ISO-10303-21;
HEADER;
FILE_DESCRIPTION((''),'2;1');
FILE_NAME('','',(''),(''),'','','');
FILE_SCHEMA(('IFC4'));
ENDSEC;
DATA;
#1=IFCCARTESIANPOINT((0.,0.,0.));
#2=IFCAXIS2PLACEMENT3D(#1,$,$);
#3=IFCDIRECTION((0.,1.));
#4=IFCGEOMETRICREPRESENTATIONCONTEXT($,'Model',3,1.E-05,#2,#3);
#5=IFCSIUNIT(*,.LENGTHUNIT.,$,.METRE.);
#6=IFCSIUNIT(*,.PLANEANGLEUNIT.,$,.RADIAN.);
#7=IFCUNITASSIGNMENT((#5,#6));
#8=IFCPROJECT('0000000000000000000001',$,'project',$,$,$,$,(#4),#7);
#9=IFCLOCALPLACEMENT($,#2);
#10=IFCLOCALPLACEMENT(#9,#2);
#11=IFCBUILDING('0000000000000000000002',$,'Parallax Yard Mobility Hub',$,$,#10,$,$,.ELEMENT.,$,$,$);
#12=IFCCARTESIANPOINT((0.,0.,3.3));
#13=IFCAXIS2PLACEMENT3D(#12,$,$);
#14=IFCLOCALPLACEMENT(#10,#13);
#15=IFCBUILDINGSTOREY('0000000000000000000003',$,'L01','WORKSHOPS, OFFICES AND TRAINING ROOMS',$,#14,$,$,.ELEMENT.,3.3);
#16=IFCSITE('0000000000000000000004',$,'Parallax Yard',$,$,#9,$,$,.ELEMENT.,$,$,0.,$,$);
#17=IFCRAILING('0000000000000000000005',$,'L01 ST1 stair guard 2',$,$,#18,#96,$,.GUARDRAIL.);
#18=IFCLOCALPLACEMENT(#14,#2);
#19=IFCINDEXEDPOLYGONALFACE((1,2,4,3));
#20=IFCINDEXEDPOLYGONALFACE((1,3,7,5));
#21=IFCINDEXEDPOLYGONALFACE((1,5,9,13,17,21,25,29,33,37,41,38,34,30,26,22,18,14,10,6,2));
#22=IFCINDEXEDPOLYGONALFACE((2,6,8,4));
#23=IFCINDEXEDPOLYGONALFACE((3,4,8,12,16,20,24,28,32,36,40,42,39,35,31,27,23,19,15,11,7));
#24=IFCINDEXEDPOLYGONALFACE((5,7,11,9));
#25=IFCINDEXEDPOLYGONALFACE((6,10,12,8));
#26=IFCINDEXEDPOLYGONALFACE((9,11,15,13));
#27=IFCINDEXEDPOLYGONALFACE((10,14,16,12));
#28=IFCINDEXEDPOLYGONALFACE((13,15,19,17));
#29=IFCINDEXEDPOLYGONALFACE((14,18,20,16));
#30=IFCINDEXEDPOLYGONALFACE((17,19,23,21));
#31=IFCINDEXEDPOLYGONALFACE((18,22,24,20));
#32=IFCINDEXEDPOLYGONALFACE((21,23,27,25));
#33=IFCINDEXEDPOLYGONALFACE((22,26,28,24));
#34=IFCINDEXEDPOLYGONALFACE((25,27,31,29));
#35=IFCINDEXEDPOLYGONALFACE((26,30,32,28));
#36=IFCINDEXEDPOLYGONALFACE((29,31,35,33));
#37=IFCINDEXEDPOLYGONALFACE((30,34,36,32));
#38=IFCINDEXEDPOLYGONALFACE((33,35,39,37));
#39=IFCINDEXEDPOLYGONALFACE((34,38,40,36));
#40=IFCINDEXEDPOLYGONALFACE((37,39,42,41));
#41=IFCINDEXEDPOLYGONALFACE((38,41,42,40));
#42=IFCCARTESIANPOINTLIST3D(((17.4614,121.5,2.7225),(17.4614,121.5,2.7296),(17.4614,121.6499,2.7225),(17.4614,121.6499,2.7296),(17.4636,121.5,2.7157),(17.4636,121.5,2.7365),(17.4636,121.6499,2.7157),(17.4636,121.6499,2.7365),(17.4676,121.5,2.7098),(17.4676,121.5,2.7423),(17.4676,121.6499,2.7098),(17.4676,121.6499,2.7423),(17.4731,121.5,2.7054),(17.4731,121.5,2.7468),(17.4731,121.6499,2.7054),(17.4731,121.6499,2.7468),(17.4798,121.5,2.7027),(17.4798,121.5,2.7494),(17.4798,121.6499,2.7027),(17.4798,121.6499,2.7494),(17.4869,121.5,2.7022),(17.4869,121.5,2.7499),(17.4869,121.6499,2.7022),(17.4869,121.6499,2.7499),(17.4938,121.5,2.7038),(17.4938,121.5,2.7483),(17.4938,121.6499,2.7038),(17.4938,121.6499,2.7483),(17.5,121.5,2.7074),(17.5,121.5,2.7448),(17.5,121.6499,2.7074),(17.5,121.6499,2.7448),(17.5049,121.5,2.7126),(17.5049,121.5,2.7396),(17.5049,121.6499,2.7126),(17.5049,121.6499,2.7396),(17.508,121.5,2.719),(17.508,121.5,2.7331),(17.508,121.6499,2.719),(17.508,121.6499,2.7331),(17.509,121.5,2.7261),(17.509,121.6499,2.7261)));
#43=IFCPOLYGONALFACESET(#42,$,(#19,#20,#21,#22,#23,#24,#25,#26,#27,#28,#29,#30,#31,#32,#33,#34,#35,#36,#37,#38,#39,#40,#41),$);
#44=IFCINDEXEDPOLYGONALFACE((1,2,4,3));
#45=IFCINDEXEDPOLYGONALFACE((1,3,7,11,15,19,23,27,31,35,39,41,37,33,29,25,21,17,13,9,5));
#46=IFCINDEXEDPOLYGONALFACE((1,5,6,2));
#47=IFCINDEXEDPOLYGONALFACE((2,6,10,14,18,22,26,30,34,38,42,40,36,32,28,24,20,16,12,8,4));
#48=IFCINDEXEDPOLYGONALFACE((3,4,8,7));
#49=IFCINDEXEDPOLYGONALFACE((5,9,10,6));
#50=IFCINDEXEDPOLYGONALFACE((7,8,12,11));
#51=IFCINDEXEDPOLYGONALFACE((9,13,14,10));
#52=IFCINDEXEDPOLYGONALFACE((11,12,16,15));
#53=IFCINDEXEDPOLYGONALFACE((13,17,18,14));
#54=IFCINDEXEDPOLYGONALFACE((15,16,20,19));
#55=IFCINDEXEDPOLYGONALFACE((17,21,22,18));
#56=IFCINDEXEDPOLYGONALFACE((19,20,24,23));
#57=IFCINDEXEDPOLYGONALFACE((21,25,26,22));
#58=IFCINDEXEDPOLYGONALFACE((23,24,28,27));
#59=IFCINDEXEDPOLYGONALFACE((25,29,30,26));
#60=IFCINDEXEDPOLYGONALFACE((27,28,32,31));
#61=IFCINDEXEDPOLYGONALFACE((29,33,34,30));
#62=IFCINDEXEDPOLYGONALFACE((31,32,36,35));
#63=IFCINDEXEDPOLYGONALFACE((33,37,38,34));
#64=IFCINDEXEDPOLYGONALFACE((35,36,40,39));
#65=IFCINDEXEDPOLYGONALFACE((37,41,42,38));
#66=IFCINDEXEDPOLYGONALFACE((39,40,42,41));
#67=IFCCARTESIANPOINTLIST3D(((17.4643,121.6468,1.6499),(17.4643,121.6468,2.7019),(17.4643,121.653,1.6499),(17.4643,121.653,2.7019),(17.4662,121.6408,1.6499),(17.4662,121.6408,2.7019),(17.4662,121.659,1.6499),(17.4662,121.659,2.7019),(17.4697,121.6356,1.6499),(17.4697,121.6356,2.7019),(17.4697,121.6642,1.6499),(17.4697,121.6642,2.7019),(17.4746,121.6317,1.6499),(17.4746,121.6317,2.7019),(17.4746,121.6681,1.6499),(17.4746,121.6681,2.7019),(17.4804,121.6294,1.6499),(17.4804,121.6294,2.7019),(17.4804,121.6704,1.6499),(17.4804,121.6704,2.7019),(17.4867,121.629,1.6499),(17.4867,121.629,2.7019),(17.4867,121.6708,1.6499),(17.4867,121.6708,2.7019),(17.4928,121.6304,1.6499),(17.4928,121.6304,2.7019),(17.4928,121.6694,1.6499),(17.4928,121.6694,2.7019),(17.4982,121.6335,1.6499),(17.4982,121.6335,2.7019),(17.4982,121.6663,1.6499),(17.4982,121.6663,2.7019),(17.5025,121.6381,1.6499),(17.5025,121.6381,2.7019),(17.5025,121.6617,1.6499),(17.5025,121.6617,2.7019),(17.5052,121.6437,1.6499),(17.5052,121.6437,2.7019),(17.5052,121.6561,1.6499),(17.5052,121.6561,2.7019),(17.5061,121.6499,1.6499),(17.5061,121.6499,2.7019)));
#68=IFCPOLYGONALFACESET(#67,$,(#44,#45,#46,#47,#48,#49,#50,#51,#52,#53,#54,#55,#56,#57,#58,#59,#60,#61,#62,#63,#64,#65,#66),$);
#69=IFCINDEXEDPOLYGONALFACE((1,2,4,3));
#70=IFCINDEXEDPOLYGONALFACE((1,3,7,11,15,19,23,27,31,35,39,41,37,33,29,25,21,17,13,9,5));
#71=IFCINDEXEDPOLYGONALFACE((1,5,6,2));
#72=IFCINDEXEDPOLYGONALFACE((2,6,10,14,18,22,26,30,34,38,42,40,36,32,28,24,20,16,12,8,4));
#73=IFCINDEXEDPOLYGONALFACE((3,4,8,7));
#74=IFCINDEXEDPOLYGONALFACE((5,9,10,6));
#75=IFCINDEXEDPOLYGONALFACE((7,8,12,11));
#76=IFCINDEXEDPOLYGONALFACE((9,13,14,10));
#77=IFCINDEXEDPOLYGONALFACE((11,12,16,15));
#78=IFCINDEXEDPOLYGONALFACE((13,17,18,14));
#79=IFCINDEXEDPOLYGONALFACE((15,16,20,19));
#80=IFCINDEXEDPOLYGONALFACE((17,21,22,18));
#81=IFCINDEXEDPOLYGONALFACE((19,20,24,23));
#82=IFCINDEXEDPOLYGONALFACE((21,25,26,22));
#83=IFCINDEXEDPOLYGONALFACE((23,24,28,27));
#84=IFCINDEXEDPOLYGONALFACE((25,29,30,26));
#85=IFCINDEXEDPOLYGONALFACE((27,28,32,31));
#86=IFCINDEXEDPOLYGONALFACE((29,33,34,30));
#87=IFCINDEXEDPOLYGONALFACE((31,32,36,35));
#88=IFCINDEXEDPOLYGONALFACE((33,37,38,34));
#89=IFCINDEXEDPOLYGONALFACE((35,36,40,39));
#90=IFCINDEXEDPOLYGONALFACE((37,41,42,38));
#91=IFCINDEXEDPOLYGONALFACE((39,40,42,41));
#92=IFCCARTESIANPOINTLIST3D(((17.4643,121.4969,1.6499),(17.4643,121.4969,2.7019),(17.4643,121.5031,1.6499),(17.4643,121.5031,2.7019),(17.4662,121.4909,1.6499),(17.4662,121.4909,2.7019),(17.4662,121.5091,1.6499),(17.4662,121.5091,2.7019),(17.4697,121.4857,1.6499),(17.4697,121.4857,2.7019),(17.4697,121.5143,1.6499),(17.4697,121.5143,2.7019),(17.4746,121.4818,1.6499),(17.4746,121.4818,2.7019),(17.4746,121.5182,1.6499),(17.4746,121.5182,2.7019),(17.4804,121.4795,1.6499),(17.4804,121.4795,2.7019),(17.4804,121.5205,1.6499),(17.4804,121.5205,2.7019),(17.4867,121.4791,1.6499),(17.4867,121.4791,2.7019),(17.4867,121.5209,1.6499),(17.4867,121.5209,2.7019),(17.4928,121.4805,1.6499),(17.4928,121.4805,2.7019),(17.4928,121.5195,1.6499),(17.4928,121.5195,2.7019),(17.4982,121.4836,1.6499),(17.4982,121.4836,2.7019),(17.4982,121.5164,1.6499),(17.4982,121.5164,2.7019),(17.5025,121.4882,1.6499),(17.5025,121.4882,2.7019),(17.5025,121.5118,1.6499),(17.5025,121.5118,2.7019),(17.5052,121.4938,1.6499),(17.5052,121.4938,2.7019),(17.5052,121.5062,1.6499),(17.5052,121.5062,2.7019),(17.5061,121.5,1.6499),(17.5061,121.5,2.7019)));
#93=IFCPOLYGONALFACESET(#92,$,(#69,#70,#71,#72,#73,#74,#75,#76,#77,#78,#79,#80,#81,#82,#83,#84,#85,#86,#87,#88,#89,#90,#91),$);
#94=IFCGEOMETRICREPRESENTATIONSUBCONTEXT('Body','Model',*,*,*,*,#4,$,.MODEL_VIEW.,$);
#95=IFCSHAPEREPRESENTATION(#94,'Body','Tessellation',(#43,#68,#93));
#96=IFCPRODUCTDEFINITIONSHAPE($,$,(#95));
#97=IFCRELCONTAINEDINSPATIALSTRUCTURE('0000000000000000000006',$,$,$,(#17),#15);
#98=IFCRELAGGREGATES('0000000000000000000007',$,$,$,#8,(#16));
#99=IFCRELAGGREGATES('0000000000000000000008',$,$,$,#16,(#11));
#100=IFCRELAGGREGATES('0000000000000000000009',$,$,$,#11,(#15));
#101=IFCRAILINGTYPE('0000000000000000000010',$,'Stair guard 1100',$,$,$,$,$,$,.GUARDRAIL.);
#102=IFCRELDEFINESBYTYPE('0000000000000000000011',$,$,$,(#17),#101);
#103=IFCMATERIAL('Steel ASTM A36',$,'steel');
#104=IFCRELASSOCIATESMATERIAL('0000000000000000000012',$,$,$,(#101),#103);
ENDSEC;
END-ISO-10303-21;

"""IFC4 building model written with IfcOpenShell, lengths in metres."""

from ifc_helpers import new_model, si_unit, direction, frame, origin, origin_2d, place, context, subcontext, project, spatial, circle, extrude, material, type_object, element, save


model = new_model("IFC4")

# Units and contexts
model_context = context("Model", 3, precision=1e-05, world=origin(), true_north=direction((0.0, 1.0)))
body_context = subcontext(model_context, "Body", "Model", "MODEL_VIEW")
ifc_project = project(units=[si_unit("LENGTHUNIT", "METRE"), si_unit("PLANEANGLEUNIT", "RADIAN")], contexts=[model_context])

# Site, building, storey
site_placement = place(None, origin())
site = spatial("IfcSite", under=ifc_project, at=site_placement, Name="Parallax Yard", CompositionType="ELEMENT", RefElevation=0.0)
building_placement = place(site_placement, origin())
building = spatial("IfcBuilding", under=site, at=building_placement, Name="Parallax Yard Mobility Hub", CompositionType="ELEMENT")
storey_placement = place(building_placement, frame((0.0, 0.0, 3.3)))
storey = spatial("IfcBuildingStorey", under=building, at=storey_placement, Name="L01", Description="WORKSHOPS, OFFICES AND TRAINING ROOMS", CompositionType="ELEMENT", Elevation=3.3)

# Railing
ifc_material_1 = material(Name="Steel ASTM A36", Category="steel")
railing_type_1 = type_object("IfcRailingType", Name="Stair guard 1100", PredefinedType="GUARDRAIL", material=ifc_material_1)
railing_1_placement = place(storey_placement, frame((17.4851, 121.6499, 1.6499)))
element("IfcRailing", 1, at=railing_1_placement, inside=storey, type_object=railing_type_1, Name="L01 ST1 stair guard 2", PredefinedType="GUARDRAIL", context=body_context, shape_type="SweptSolid", body=[
    extrude(circle(Radius=0.0239, at=origin_2d()), frame((0.0, 0.0, 1.0762), z_axis=(0.0, -1.0, 0.0), x_axis=(1.0, 0.0, 0.0)), (0.0, 0.0, 1.0), 0.1499),
    extrude(circle(Radius=0.021, at=origin_2d()), origin(), (0.0, 0.0, 1.0), 1.052),
    extrude(circle(Radius=0.021, at=origin_2d()), frame((0.0, -0.1499, 0.0)), (0.0, 0.0, 1.0), 1.052),
])

save(model, "model.ifc")
